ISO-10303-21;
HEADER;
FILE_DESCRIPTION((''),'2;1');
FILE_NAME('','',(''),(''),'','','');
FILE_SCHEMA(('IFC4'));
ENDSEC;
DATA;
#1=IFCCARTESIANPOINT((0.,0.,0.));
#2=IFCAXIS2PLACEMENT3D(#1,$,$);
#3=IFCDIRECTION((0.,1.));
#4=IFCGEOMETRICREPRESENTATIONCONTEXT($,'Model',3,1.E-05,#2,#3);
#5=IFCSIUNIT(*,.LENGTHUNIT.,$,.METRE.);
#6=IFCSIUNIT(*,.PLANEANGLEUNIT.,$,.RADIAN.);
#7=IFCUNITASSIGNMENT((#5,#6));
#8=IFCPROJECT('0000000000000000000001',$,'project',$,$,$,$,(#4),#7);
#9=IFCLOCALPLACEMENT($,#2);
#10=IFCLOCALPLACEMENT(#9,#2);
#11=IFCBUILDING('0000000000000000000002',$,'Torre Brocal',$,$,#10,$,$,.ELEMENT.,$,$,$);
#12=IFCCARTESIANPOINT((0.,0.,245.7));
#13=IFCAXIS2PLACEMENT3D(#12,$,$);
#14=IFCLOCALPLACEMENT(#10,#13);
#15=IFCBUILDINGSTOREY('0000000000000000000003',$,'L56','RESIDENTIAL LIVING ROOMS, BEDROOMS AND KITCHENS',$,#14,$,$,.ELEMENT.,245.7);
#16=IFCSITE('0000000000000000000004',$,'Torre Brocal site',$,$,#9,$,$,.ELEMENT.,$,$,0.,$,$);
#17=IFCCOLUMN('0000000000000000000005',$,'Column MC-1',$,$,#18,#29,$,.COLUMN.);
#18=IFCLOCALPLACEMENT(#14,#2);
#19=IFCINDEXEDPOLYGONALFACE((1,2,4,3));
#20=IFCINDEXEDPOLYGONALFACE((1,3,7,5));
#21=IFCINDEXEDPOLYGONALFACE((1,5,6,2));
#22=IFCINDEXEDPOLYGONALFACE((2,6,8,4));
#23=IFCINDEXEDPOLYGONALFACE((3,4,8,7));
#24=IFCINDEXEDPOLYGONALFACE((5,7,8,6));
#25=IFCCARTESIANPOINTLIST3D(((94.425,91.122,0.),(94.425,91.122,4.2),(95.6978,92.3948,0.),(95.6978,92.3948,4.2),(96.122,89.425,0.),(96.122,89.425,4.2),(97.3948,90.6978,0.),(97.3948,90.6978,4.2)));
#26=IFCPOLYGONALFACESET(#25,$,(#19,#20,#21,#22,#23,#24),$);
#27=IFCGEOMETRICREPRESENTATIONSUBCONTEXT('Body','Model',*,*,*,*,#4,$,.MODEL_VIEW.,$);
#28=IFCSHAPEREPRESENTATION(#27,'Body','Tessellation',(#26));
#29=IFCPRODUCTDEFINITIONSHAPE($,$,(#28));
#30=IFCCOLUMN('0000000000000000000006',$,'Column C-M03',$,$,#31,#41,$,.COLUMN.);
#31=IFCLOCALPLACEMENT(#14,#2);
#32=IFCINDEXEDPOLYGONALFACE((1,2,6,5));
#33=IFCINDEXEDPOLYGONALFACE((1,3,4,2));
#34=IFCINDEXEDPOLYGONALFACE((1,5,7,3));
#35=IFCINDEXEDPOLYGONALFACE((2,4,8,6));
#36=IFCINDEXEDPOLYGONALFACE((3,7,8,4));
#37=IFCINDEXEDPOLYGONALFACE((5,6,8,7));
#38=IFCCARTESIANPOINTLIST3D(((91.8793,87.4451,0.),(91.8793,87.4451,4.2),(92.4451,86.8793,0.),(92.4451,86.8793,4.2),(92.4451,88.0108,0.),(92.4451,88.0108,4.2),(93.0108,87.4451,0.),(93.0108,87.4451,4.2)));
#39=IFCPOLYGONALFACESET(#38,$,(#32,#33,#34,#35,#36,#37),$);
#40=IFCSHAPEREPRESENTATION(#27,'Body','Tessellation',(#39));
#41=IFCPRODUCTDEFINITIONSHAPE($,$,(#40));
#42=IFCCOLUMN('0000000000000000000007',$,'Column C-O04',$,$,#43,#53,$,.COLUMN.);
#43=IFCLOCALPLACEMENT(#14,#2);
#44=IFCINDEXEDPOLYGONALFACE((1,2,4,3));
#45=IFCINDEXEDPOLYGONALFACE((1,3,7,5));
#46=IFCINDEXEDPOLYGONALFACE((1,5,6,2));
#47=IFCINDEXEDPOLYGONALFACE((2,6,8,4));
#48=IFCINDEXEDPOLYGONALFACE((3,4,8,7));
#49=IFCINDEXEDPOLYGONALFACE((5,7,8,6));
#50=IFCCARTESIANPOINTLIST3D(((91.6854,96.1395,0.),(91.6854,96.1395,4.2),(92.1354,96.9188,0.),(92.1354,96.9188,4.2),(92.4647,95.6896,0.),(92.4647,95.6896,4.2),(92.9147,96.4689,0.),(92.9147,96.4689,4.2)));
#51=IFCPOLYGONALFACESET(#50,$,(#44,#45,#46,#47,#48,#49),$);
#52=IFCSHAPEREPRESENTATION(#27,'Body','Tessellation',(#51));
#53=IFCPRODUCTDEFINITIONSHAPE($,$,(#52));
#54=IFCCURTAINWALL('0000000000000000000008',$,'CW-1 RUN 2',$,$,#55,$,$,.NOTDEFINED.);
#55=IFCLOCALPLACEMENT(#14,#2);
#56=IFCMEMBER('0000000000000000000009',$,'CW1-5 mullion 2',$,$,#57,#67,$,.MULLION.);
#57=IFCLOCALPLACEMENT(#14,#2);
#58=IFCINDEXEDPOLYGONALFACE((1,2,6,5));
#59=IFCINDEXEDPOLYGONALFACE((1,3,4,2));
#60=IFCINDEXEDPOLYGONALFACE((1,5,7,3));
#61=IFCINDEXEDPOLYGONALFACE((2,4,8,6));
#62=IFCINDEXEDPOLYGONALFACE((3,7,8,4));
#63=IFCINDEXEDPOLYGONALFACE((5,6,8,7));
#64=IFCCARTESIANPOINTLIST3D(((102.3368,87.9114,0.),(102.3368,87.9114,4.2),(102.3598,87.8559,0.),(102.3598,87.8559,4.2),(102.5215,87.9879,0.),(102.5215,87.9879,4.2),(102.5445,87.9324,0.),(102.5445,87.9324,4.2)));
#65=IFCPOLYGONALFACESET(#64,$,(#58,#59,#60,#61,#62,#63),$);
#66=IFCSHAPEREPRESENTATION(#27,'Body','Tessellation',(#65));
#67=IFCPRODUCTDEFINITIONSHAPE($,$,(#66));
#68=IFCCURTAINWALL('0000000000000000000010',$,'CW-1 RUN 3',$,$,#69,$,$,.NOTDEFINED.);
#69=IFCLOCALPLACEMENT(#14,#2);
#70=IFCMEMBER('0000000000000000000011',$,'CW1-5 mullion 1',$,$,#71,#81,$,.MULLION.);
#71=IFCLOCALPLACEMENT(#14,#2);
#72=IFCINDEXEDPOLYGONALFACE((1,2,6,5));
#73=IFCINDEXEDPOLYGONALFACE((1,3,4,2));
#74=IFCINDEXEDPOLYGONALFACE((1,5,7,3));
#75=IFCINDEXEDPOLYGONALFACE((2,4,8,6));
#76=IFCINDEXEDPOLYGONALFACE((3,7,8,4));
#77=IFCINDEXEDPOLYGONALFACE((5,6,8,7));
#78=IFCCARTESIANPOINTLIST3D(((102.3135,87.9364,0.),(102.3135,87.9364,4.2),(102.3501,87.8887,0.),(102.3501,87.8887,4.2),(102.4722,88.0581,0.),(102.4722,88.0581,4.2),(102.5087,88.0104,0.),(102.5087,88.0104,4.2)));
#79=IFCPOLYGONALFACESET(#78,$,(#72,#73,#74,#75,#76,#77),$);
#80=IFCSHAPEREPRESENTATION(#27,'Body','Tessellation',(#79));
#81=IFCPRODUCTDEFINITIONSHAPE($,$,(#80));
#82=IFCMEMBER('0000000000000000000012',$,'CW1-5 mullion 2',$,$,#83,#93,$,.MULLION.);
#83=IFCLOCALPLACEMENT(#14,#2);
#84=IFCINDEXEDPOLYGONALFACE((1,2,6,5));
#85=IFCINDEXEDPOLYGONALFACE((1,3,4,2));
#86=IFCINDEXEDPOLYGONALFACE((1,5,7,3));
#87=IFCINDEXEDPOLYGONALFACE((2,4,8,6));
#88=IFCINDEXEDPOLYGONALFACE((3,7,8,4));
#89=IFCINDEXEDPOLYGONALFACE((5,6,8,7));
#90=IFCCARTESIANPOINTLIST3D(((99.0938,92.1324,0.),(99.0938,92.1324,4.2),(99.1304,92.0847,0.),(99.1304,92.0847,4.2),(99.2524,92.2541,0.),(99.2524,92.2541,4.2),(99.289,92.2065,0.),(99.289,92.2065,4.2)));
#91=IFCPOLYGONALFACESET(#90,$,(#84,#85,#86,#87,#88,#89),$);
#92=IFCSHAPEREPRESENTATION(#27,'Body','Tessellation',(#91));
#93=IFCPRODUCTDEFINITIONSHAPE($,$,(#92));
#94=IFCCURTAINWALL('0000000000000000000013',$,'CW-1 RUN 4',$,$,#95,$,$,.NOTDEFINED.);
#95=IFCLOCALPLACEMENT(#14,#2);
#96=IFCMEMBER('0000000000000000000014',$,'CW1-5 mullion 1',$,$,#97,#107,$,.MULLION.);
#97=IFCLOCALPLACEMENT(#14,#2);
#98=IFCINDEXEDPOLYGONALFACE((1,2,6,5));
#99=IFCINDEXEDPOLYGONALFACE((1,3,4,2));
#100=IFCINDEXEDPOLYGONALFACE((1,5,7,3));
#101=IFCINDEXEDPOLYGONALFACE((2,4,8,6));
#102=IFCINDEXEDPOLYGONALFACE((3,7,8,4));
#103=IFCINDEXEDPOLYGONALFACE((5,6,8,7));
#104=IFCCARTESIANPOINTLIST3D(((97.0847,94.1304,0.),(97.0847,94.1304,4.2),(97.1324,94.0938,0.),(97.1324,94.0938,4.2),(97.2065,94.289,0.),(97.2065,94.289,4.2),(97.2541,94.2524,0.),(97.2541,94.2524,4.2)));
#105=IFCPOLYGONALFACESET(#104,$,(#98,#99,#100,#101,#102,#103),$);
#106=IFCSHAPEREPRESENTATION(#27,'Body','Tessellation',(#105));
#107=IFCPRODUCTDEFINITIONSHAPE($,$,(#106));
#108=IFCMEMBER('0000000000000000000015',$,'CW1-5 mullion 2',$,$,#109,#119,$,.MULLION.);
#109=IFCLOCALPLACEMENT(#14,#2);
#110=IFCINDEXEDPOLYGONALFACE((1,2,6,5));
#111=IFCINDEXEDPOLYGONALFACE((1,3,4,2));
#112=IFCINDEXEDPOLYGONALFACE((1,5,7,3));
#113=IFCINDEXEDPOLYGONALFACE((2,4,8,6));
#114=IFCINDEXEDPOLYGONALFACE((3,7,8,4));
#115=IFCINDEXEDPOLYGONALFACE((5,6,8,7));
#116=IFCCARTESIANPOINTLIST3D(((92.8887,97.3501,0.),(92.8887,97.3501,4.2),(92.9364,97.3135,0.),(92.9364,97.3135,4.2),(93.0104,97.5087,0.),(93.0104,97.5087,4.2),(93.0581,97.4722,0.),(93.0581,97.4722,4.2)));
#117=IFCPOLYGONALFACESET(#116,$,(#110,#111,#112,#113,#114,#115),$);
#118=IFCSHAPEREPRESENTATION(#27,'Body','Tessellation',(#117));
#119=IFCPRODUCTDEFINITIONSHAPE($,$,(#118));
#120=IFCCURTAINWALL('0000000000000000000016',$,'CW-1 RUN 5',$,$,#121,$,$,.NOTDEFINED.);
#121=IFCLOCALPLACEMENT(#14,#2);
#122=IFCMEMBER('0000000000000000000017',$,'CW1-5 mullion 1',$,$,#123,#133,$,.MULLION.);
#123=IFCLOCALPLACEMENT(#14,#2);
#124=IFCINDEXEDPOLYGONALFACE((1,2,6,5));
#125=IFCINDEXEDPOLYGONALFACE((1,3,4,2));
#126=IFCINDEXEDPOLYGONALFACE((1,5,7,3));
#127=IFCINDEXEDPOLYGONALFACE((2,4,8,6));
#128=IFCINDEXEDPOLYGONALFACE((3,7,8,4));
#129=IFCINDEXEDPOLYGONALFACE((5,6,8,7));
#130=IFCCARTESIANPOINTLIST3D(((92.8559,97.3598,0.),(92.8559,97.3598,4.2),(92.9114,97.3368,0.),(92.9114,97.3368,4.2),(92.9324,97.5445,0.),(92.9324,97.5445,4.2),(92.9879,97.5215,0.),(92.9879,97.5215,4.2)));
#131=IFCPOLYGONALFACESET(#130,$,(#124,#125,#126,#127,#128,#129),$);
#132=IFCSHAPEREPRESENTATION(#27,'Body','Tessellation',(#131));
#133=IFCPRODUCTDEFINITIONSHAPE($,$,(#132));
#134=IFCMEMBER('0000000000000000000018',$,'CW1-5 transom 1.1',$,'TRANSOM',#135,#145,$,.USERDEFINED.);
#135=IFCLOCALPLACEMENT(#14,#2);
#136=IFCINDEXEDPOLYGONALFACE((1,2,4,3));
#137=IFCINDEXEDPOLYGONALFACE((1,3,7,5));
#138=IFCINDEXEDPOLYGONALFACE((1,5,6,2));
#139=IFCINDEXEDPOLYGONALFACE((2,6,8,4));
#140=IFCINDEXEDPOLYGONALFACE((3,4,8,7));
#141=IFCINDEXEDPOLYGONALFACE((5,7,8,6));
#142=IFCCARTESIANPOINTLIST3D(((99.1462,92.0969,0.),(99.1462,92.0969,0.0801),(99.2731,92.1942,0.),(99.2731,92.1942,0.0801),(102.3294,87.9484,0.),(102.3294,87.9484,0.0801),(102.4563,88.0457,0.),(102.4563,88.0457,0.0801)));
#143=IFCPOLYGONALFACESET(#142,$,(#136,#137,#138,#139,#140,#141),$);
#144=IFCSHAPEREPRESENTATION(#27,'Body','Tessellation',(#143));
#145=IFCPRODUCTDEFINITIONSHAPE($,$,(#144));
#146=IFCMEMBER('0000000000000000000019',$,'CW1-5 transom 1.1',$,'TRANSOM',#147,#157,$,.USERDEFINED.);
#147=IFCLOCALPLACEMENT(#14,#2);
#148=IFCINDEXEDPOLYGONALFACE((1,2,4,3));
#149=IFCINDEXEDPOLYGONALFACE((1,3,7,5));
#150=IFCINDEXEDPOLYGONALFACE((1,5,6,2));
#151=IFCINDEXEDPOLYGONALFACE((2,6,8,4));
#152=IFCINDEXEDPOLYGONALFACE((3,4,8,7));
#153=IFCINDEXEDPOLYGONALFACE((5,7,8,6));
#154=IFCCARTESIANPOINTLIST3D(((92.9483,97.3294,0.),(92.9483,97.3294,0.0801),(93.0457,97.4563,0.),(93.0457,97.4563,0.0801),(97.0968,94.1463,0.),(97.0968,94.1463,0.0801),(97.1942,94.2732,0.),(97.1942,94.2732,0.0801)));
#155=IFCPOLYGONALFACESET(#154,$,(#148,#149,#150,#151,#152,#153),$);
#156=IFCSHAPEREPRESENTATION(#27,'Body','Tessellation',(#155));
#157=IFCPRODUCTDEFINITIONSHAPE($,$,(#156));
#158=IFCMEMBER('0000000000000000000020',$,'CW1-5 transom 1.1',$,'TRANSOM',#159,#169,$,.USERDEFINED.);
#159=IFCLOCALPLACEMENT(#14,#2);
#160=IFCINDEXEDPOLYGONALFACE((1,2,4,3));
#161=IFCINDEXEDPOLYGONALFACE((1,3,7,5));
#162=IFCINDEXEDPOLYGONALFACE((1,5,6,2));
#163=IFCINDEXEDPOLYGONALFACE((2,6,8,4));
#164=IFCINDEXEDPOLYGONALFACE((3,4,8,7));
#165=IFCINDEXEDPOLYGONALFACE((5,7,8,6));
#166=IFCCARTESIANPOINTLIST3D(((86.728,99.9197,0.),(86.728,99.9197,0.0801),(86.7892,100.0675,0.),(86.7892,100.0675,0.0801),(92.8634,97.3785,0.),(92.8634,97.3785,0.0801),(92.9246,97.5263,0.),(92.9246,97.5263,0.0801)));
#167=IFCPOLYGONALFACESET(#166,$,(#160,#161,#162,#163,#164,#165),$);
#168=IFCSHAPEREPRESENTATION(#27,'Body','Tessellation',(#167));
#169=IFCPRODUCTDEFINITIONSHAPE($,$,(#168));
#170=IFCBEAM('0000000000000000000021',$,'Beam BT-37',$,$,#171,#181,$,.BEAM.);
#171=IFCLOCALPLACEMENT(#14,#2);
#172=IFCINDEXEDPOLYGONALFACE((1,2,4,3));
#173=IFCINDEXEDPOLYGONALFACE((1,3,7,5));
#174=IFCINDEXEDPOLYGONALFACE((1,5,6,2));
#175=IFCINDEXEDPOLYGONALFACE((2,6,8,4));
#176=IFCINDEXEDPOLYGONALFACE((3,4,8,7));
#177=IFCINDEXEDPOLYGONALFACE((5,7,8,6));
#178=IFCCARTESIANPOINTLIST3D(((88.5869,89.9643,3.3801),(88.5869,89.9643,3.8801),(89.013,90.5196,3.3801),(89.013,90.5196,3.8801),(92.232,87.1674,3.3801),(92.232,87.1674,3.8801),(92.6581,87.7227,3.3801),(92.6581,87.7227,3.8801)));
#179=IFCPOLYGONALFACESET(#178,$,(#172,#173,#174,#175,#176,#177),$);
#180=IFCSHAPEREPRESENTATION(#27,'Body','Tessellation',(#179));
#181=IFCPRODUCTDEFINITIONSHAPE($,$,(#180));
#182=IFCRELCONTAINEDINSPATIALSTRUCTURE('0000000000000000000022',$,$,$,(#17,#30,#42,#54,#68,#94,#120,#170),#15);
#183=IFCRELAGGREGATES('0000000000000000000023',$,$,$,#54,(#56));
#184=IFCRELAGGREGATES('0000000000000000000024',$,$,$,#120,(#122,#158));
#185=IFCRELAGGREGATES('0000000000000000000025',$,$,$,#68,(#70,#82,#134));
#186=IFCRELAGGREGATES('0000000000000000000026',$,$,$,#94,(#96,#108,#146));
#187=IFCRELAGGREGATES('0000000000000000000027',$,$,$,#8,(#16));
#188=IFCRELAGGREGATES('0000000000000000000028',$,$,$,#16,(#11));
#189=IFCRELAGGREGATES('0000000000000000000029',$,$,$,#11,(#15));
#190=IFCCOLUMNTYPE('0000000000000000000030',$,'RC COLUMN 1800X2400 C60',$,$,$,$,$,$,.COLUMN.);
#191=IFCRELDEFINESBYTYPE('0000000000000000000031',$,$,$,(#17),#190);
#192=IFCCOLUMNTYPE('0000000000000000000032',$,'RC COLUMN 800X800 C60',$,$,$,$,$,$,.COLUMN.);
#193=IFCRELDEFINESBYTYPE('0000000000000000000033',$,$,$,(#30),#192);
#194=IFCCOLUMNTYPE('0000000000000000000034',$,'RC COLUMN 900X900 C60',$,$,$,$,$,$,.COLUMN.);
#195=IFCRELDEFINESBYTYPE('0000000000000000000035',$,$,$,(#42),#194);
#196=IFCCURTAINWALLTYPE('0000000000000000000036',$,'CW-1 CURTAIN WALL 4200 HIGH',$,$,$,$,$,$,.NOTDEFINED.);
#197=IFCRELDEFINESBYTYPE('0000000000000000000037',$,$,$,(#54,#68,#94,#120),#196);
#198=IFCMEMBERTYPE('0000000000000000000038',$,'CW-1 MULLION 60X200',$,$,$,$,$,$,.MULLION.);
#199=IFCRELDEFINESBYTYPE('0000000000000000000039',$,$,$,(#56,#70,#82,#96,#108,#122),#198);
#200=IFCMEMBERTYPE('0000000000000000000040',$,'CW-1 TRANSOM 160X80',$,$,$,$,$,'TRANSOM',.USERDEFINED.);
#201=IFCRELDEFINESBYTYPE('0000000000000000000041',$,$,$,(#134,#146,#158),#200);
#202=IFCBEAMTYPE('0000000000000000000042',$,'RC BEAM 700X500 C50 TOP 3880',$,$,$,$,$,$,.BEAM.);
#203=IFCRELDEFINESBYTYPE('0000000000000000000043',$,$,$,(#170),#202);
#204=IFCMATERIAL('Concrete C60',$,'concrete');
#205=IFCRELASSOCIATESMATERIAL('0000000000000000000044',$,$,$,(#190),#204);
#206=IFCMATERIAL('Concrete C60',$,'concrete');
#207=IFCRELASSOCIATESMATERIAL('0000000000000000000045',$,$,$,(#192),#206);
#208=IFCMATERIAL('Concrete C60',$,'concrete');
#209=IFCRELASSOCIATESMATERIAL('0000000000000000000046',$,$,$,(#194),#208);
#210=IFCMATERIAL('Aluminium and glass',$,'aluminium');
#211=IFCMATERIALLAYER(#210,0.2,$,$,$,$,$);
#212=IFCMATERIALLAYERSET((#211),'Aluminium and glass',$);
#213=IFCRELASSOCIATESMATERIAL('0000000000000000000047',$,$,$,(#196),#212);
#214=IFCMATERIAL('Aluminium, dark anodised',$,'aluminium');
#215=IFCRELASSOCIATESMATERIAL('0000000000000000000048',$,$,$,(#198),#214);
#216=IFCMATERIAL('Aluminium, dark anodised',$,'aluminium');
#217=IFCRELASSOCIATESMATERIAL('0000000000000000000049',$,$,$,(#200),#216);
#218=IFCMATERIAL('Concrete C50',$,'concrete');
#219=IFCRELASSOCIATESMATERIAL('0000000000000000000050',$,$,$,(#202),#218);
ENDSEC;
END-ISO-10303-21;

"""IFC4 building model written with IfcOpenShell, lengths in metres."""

from ifc_helpers import new_model, si_unit, direction, frame, origin, origin_2d, place, context, subcontext, project, spatial, rectangle, extrude, material, layer, layer_set, material_profile, profile_set, type_object, element, aggregate, save


model = new_model("IFC4")

# Units and contexts
model_context = context("Model", 3, precision=1e-05, world=origin(), true_north=direction((0.0, 1.0)))
body_context = subcontext(model_context, "Body", "Model", "MODEL_VIEW")
ifc_project = project(units=[si_unit("LENGTHUNIT", "METRE"), si_unit("PLANEANGLEUNIT", "RADIAN")], contexts=[model_context])

# Site, building, storey
site_placement = place(None, origin())
site = spatial("IfcSite", under=ifc_project, at=site_placement, Name="Torre Brocal site", CompositionType="ELEMENT", RefElevation=0.0)
building_placement = place(site_placement, origin())
building = spatial("IfcBuilding", under=site, at=building_placement, Name="Torre Brocal", CompositionType="ELEMENT")
storey_placement = place(building_placement, frame((0.0, 0.0, 245.7)))
storey = spatial("IfcBuildingStorey", under=building, at=storey_placement, Name="L56", Description="RESIDENTIAL LIVING ROOMS, BEDROOMS AND KITCHENS", CompositionType="ELEMENT", Elevation=245.7)

# Columns
ifc_material_1 = material(Name="Concrete C60", Category="concrete")
ifc_material_profile_1 = material_profile(ifc_material_1, rectangle(XDim=1.8, YDim=2.3999, at=origin_2d()), Name="RC 1800X2400")
ifc_profile_set_1 = profile_set([ifc_material_profile_1], Name="Concrete C60")
column_type_1 = type_object("IfcColumnType", Name="RC COLUMN 1800X2400 C60", PredefinedType="COLUMN", material=ifc_profile_set_1)
column_1_placement = place(storey_placement, frame((95.9099, 90.9099, 0.0), z_axis=(0.0, 0.0, 1.0), x_axis=(0.707107, 0.707107, 0.0)))
element("IfcColumn", 1, at=column_1_placement, inside=storey, type_object=column_type_1, Name="Column MC-1", PredefinedType="COLUMN", context=body_context, shape_type="SweptSolid", body=[
    extrude(rectangle(XDim=1.8, YDim=2.3999, at=origin_2d()), origin(), (0.0, 0.0, 1.0), 4.2),
])
ifc_material_2 = material(Name="Concrete C60", Category="concrete")
ifc_material_profile_2 = material_profile(ifc_material_2, rectangle(XDim=0.8, YDim=0.8, at=origin_2d()), Name="RC 800X800")
ifc_profile_set_2 = profile_set([ifc_material_profile_2], Name="Concrete C60")
column_type_2 = type_object("IfcColumnType", Name="RC COLUMN 800X800 C60", PredefinedType="COLUMN", material=ifc_profile_set_2)
column_2_placement = place(storey_placement, frame((92.4451, 87.4451, 0.0), z_axis=(0.0, 0.0, 1.0), x_axis=(0.707107, 0.707107, 0.0)))
element("IfcColumn", 2, at=column_2_placement, inside=storey, type_object=column_type_2, Name="Column C-M03", PredefinedType="COLUMN", context=body_context, shape_type="SweptSolid", body=[
    extrude(rectangle(XDim=0.8, YDim=0.8, at=origin_2d()), origin(), (0.0, 0.0, 1.0), 4.2),
])
ifc_material_3 = material(Name="Concrete C60", Category="concrete")
ifc_material_profile_3 = material_profile(ifc_material_3, rectangle(XDim=0.8999, YDim=0.8999, at=origin_2d()), Name="RC 900X900")
ifc_profile_set_3 = profile_set([ifc_material_profile_3], Name="Concrete C60")
column_type_3 = type_object("IfcColumnType", Name="RC COLUMN 900X900 C60", PredefinedType="COLUMN", material=ifc_profile_set_3)
column_3_placement = place(storey_placement, frame((92.3, 96.3042, 0.0), z_axis=(0.0, 0.0, 1.0), x_axis=(0.5, 0.866025, 0.0)))
element("IfcColumn", 3, at=column_3_placement, inside=storey, type_object=column_type_3, Name="Column C-O04", PredefinedType="COLUMN", context=body_context, shape_type="SweptSolid", body=[
    extrude(rectangle(XDim=0.8999, YDim=0.8999, at=origin_2d()), origin(), (0.0, 0.0, 1.0), 4.2),
])

# Curtain wall, member
ifc_material_4 = material(Name="Aluminium and glass", Category="aluminium")
ifc_layer_1 = layer(ifc_material_4, 0.2)
ifc_layer_set_1 = layer_set([ifc_layer_1], Name="Aluminium and glass")
curtain_wall_type = type_object("IfcCurtainWallType", Name="CW-1 CURTAIN WALL 4200 HIGH", PredefinedType="NOTDEFINED", material=ifc_layer_set_1)
curtain_wall_1_placement = place(storey_placement, origin())
curtain_wall_1 = element("IfcCurtainWall", 4, at=curtain_wall_1_placement, inside=storey, type_object=curtain_wall_type, Name="CW-1 RUN 2", PredefinedType="NOTDEFINED")
ifc_material_5 = material(Name="Aluminium, dark anodised", Category="aluminium")
ifc_material_profile_4 = material_profile(ifc_material_5, rectangle(XDim=0.2, YDim=0.0601, at=origin_2d()), Name="CW-1 MULLION 60X200")
ifc_profile_set_4 = profile_set([ifc_material_profile_4], Name="Aluminium, dark anodised")
member_type_1 = type_object("IfcMemberType", Name="CW-1 MULLION 60X200", PredefinedType="MULLION", material=ifc_profile_set_4)
member_1_placement = place(storey_placement, frame((102.4407, 87.9219, 0.0), z_axis=(0.0, 0.0, 1.0), x_axis=(-0.92388, -0.382683, 0.0)))
member_1 = element("IfcMember", 5, at=member_1_placement, type_object=member_type_1, Name="CW1-5 mullion 2", PredefinedType="MULLION", context=body_context, shape_type="SweptSolid", body=[
    extrude(rectangle(XDim=0.2, YDim=0.0601, at=origin_2d()), origin(), (0.0, 0.0, 1.0), 4.2),
])
aggregate(curtain_wall_1, [member_1])

# Curtain walls, members
curtain_wall_2_placement = place(storey_placement, origin())
curtain_wall_2 = element("IfcCurtainWall", 6, at=curtain_wall_2_placement, inside=storey, type_object=curtain_wall_type, Name="CW-1 RUN 3", PredefinedType="NOTDEFINED")
member_2_placement = place(storey_placement, frame((102.4111, 87.9734, 0.0), z_axis=(0.0, 0.0, 1.0), x_axis=(-0.793353, -0.608761, 0.0)))
member_2 = element("IfcMember", 7, at=member_2_placement, type_object=member_type_1, Name="CW1-5 mullion 1", PredefinedType="MULLION", context=body_context, shape_type="SweptSolid", body=[
    extrude(rectangle(XDim=0.2, YDim=0.0601, at=origin_2d()), origin(), (0.0, 0.0, 1.0), 4.2),
])
member_3_placement = place(storey_placement, frame((99.1914, 92.1694, 0.0), z_axis=(0.0, 0.0, 1.0), x_axis=(-0.793353, -0.608761, 0.0)))
member_3 = element("IfcMember", 8, at=member_3_placement, type_object=member_type_1, Name="CW1-5 mullion 2", PredefinedType="MULLION", context=body_context, shape_type="SweptSolid", body=[
    extrude(rectangle(XDim=0.2, YDim=0.0601, at=origin_2d()), origin(), (0.0, 0.0, 1.0), 4.2),
])
curtain_wall_3_placement = place(storey_placement, origin())
curtain_wall_3 = element("IfcCurtainWall", 9, at=curtain_wall_3_placement, inside=storey, type_object=curtain_wall_type, Name="CW-1 RUN 4", PredefinedType="NOTDEFINED")
member_4_placement = place(storey_placement, frame((97.1694, 94.1914, 0.0), z_axis=(0.0, 0.0, 1.0), x_axis=(-0.608761, -0.793353, 0.0)))
member_4 = element("IfcMember", 10, at=member_4_placement, type_object=member_type_1, Name="CW1-5 mullion 1", PredefinedType="MULLION", context=body_context, shape_type="SweptSolid", body=[
    extrude(rectangle(XDim=0.2, YDim=0.0601, at=origin_2d()), origin(), (0.0, 0.0, 1.0), 4.2),
])
member_5_placement = place(storey_placement, frame((92.9734, 97.4111, 0.0), z_axis=(0.0, 0.0, 1.0), x_axis=(-0.608761, -0.793353, 0.0)))
member_5 = element("IfcMember", 11, at=member_5_placement, type_object=member_type_1, Name="CW1-5 mullion 2", PredefinedType="MULLION", context=body_context, shape_type="SweptSolid", body=[
    extrude(rectangle(XDim=0.2, YDim=0.0601, at=origin_2d()), origin(), (0.0, 0.0, 1.0), 4.2),
])

# Curtain wall, member
curtain_wall_4_placement = place(storey_placement, origin())
curtain_wall_4 = element("IfcCurtainWall", 12, at=curtain_wall_4_placement, inside=storey, type_object=curtain_wall_type, Name="CW-1 RUN 5", PredefinedType="NOTDEFINED")
member_6_placement = place(storey_placement, frame((92.9219, 97.4407, 0.0), z_axis=(0.0, 0.0, 1.0), x_axis=(-0.382683, -0.92388, 0.0)))
member_6 = element("IfcMember", 13, at=member_6_placement, type_object=member_type_1, Name="CW1-5 mullion 1", PredefinedType="MULLION", context=body_context, shape_type="SweptSolid", body=[
    extrude(rectangle(XDim=0.2, YDim=0.0601, at=origin_2d()), origin(), (0.0, 0.0, 1.0), 4.2),
])

# Members
ifc_material_6 = material(Name="Aluminium, dark anodised", Category="aluminium")
ifc_material_profile_5 = material_profile(ifc_material_6, rectangle(XDim=0.1599, YDim=0.0801, at=origin_2d()), Name="CW-1 TRANSOM 160X80")
ifc_profile_set_5 = profile_set([ifc_material_profile_5], Name="Aluminium, dark anodised")
member_type_2 = type_object("IfcMemberType", Name="CW-1 TRANSOM 160X80", ElementType="TRANSOM", PredefinedType="USERDEFINED", material=ifc_profile_set_5)
member_7_placement = place(storey_placement, frame((102.3928, 87.9971, 0.04), z_axis=(-0.608749, 0.793363, 0.0), x_axis=(-0.793363, -0.608749, 0.0)))
member_7 = element("IfcMember", 14, at=member_7_placement, type_object=member_type_2, Name="CW1-5 transom 1.1", ObjectType="TRANSOM", PredefinedType="USERDEFINED", context=body_context, shape_type="SweptSolid", body=[
    extrude(rectangle(XDim=0.1599, YDim=0.0801, at=origin_2d()), origin(), (0.0, 0.0, 1.0), 5.229),
])
member_8_placement = place(storey_placement, frame((97.1455, 94.2097, 0.04), z_axis=(-0.793363, 0.608749, 0.0), x_axis=(-0.608749, -0.793363, 0.0)))
member_8 = element("IfcMember", 15, at=member_8_placement, type_object=member_type_2, Name="CW1-5 transom 1.1", ObjectType="TRANSOM", PredefinedType="USERDEFINED", context=body_context, shape_type="SweptSolid", body=[
    extrude(rectangle(XDim=0.1599, YDim=0.0801, at=origin_2d()), origin(), (0.0, 0.0, 1.0), 5.229),
])
member_9_placement = place(storey_placement, frame((92.894, 97.4524, 0.04), z_axis=(-0.923887, 0.382665, 0.0), x_axis=(-0.382665, -0.923887, 0.0)))
member_9 = element("IfcMember", 16, at=member_9_placement, type_object=member_type_2, Name="CW1-5 transom 1.1", ObjectType="TRANSOM", PredefinedType="USERDEFINED", context=body_context, shape_type="SweptSolid", body=[
    extrude(rectangle(XDim=0.1599, YDim=0.0801, at=origin_2d()), origin(), (0.0, 0.0, 1.0), 6.6409),
])
aggregate(curtain_wall_4, [member_6, member_9])

# Beam
ifc_material_7 = material(Name="Concrete C50", Category="concrete")
ifc_material_profile_6 = material_profile(ifc_material_7, rectangle(XDim=0.7, YDim=0.5, at=origin_2d()), Name="RC 700X500")
ifc_profile_set_6 = profile_set([ifc_material_profile_6], Name="Concrete C50")
beam_type_1 = type_object("IfcBeamType", Name="RC BEAM 700X500 C50 TOP 3880", PredefinedType="BEAM", material=ifc_profile_set_6)
beam_1_placement = place(storey_placement, frame((92.4451, 87.4451, 3.6301), z_axis=(-0.793358, 0.608755, 0.0), x_axis=(-0.608755, -0.793358, 0.0)))
element("IfcBeam", 17, at=beam_1_placement, inside=storey, type_object=beam_type_1, Name="Beam BT-37", PredefinedType="BEAM", context=body_context, shape_type="SweptSolid", body=[
    extrude(rectangle(XDim=0.7, YDim=0.5, at=origin_2d()), origin(), (0.0, 0.0, 1.0), 4.5945),
])

aggregate(curtain_wall_2, [member_2, member_3, member_7])
aggregate(curtain_wall_3, [member_4, member_5, member_8])

save(model, "model.ifc")
